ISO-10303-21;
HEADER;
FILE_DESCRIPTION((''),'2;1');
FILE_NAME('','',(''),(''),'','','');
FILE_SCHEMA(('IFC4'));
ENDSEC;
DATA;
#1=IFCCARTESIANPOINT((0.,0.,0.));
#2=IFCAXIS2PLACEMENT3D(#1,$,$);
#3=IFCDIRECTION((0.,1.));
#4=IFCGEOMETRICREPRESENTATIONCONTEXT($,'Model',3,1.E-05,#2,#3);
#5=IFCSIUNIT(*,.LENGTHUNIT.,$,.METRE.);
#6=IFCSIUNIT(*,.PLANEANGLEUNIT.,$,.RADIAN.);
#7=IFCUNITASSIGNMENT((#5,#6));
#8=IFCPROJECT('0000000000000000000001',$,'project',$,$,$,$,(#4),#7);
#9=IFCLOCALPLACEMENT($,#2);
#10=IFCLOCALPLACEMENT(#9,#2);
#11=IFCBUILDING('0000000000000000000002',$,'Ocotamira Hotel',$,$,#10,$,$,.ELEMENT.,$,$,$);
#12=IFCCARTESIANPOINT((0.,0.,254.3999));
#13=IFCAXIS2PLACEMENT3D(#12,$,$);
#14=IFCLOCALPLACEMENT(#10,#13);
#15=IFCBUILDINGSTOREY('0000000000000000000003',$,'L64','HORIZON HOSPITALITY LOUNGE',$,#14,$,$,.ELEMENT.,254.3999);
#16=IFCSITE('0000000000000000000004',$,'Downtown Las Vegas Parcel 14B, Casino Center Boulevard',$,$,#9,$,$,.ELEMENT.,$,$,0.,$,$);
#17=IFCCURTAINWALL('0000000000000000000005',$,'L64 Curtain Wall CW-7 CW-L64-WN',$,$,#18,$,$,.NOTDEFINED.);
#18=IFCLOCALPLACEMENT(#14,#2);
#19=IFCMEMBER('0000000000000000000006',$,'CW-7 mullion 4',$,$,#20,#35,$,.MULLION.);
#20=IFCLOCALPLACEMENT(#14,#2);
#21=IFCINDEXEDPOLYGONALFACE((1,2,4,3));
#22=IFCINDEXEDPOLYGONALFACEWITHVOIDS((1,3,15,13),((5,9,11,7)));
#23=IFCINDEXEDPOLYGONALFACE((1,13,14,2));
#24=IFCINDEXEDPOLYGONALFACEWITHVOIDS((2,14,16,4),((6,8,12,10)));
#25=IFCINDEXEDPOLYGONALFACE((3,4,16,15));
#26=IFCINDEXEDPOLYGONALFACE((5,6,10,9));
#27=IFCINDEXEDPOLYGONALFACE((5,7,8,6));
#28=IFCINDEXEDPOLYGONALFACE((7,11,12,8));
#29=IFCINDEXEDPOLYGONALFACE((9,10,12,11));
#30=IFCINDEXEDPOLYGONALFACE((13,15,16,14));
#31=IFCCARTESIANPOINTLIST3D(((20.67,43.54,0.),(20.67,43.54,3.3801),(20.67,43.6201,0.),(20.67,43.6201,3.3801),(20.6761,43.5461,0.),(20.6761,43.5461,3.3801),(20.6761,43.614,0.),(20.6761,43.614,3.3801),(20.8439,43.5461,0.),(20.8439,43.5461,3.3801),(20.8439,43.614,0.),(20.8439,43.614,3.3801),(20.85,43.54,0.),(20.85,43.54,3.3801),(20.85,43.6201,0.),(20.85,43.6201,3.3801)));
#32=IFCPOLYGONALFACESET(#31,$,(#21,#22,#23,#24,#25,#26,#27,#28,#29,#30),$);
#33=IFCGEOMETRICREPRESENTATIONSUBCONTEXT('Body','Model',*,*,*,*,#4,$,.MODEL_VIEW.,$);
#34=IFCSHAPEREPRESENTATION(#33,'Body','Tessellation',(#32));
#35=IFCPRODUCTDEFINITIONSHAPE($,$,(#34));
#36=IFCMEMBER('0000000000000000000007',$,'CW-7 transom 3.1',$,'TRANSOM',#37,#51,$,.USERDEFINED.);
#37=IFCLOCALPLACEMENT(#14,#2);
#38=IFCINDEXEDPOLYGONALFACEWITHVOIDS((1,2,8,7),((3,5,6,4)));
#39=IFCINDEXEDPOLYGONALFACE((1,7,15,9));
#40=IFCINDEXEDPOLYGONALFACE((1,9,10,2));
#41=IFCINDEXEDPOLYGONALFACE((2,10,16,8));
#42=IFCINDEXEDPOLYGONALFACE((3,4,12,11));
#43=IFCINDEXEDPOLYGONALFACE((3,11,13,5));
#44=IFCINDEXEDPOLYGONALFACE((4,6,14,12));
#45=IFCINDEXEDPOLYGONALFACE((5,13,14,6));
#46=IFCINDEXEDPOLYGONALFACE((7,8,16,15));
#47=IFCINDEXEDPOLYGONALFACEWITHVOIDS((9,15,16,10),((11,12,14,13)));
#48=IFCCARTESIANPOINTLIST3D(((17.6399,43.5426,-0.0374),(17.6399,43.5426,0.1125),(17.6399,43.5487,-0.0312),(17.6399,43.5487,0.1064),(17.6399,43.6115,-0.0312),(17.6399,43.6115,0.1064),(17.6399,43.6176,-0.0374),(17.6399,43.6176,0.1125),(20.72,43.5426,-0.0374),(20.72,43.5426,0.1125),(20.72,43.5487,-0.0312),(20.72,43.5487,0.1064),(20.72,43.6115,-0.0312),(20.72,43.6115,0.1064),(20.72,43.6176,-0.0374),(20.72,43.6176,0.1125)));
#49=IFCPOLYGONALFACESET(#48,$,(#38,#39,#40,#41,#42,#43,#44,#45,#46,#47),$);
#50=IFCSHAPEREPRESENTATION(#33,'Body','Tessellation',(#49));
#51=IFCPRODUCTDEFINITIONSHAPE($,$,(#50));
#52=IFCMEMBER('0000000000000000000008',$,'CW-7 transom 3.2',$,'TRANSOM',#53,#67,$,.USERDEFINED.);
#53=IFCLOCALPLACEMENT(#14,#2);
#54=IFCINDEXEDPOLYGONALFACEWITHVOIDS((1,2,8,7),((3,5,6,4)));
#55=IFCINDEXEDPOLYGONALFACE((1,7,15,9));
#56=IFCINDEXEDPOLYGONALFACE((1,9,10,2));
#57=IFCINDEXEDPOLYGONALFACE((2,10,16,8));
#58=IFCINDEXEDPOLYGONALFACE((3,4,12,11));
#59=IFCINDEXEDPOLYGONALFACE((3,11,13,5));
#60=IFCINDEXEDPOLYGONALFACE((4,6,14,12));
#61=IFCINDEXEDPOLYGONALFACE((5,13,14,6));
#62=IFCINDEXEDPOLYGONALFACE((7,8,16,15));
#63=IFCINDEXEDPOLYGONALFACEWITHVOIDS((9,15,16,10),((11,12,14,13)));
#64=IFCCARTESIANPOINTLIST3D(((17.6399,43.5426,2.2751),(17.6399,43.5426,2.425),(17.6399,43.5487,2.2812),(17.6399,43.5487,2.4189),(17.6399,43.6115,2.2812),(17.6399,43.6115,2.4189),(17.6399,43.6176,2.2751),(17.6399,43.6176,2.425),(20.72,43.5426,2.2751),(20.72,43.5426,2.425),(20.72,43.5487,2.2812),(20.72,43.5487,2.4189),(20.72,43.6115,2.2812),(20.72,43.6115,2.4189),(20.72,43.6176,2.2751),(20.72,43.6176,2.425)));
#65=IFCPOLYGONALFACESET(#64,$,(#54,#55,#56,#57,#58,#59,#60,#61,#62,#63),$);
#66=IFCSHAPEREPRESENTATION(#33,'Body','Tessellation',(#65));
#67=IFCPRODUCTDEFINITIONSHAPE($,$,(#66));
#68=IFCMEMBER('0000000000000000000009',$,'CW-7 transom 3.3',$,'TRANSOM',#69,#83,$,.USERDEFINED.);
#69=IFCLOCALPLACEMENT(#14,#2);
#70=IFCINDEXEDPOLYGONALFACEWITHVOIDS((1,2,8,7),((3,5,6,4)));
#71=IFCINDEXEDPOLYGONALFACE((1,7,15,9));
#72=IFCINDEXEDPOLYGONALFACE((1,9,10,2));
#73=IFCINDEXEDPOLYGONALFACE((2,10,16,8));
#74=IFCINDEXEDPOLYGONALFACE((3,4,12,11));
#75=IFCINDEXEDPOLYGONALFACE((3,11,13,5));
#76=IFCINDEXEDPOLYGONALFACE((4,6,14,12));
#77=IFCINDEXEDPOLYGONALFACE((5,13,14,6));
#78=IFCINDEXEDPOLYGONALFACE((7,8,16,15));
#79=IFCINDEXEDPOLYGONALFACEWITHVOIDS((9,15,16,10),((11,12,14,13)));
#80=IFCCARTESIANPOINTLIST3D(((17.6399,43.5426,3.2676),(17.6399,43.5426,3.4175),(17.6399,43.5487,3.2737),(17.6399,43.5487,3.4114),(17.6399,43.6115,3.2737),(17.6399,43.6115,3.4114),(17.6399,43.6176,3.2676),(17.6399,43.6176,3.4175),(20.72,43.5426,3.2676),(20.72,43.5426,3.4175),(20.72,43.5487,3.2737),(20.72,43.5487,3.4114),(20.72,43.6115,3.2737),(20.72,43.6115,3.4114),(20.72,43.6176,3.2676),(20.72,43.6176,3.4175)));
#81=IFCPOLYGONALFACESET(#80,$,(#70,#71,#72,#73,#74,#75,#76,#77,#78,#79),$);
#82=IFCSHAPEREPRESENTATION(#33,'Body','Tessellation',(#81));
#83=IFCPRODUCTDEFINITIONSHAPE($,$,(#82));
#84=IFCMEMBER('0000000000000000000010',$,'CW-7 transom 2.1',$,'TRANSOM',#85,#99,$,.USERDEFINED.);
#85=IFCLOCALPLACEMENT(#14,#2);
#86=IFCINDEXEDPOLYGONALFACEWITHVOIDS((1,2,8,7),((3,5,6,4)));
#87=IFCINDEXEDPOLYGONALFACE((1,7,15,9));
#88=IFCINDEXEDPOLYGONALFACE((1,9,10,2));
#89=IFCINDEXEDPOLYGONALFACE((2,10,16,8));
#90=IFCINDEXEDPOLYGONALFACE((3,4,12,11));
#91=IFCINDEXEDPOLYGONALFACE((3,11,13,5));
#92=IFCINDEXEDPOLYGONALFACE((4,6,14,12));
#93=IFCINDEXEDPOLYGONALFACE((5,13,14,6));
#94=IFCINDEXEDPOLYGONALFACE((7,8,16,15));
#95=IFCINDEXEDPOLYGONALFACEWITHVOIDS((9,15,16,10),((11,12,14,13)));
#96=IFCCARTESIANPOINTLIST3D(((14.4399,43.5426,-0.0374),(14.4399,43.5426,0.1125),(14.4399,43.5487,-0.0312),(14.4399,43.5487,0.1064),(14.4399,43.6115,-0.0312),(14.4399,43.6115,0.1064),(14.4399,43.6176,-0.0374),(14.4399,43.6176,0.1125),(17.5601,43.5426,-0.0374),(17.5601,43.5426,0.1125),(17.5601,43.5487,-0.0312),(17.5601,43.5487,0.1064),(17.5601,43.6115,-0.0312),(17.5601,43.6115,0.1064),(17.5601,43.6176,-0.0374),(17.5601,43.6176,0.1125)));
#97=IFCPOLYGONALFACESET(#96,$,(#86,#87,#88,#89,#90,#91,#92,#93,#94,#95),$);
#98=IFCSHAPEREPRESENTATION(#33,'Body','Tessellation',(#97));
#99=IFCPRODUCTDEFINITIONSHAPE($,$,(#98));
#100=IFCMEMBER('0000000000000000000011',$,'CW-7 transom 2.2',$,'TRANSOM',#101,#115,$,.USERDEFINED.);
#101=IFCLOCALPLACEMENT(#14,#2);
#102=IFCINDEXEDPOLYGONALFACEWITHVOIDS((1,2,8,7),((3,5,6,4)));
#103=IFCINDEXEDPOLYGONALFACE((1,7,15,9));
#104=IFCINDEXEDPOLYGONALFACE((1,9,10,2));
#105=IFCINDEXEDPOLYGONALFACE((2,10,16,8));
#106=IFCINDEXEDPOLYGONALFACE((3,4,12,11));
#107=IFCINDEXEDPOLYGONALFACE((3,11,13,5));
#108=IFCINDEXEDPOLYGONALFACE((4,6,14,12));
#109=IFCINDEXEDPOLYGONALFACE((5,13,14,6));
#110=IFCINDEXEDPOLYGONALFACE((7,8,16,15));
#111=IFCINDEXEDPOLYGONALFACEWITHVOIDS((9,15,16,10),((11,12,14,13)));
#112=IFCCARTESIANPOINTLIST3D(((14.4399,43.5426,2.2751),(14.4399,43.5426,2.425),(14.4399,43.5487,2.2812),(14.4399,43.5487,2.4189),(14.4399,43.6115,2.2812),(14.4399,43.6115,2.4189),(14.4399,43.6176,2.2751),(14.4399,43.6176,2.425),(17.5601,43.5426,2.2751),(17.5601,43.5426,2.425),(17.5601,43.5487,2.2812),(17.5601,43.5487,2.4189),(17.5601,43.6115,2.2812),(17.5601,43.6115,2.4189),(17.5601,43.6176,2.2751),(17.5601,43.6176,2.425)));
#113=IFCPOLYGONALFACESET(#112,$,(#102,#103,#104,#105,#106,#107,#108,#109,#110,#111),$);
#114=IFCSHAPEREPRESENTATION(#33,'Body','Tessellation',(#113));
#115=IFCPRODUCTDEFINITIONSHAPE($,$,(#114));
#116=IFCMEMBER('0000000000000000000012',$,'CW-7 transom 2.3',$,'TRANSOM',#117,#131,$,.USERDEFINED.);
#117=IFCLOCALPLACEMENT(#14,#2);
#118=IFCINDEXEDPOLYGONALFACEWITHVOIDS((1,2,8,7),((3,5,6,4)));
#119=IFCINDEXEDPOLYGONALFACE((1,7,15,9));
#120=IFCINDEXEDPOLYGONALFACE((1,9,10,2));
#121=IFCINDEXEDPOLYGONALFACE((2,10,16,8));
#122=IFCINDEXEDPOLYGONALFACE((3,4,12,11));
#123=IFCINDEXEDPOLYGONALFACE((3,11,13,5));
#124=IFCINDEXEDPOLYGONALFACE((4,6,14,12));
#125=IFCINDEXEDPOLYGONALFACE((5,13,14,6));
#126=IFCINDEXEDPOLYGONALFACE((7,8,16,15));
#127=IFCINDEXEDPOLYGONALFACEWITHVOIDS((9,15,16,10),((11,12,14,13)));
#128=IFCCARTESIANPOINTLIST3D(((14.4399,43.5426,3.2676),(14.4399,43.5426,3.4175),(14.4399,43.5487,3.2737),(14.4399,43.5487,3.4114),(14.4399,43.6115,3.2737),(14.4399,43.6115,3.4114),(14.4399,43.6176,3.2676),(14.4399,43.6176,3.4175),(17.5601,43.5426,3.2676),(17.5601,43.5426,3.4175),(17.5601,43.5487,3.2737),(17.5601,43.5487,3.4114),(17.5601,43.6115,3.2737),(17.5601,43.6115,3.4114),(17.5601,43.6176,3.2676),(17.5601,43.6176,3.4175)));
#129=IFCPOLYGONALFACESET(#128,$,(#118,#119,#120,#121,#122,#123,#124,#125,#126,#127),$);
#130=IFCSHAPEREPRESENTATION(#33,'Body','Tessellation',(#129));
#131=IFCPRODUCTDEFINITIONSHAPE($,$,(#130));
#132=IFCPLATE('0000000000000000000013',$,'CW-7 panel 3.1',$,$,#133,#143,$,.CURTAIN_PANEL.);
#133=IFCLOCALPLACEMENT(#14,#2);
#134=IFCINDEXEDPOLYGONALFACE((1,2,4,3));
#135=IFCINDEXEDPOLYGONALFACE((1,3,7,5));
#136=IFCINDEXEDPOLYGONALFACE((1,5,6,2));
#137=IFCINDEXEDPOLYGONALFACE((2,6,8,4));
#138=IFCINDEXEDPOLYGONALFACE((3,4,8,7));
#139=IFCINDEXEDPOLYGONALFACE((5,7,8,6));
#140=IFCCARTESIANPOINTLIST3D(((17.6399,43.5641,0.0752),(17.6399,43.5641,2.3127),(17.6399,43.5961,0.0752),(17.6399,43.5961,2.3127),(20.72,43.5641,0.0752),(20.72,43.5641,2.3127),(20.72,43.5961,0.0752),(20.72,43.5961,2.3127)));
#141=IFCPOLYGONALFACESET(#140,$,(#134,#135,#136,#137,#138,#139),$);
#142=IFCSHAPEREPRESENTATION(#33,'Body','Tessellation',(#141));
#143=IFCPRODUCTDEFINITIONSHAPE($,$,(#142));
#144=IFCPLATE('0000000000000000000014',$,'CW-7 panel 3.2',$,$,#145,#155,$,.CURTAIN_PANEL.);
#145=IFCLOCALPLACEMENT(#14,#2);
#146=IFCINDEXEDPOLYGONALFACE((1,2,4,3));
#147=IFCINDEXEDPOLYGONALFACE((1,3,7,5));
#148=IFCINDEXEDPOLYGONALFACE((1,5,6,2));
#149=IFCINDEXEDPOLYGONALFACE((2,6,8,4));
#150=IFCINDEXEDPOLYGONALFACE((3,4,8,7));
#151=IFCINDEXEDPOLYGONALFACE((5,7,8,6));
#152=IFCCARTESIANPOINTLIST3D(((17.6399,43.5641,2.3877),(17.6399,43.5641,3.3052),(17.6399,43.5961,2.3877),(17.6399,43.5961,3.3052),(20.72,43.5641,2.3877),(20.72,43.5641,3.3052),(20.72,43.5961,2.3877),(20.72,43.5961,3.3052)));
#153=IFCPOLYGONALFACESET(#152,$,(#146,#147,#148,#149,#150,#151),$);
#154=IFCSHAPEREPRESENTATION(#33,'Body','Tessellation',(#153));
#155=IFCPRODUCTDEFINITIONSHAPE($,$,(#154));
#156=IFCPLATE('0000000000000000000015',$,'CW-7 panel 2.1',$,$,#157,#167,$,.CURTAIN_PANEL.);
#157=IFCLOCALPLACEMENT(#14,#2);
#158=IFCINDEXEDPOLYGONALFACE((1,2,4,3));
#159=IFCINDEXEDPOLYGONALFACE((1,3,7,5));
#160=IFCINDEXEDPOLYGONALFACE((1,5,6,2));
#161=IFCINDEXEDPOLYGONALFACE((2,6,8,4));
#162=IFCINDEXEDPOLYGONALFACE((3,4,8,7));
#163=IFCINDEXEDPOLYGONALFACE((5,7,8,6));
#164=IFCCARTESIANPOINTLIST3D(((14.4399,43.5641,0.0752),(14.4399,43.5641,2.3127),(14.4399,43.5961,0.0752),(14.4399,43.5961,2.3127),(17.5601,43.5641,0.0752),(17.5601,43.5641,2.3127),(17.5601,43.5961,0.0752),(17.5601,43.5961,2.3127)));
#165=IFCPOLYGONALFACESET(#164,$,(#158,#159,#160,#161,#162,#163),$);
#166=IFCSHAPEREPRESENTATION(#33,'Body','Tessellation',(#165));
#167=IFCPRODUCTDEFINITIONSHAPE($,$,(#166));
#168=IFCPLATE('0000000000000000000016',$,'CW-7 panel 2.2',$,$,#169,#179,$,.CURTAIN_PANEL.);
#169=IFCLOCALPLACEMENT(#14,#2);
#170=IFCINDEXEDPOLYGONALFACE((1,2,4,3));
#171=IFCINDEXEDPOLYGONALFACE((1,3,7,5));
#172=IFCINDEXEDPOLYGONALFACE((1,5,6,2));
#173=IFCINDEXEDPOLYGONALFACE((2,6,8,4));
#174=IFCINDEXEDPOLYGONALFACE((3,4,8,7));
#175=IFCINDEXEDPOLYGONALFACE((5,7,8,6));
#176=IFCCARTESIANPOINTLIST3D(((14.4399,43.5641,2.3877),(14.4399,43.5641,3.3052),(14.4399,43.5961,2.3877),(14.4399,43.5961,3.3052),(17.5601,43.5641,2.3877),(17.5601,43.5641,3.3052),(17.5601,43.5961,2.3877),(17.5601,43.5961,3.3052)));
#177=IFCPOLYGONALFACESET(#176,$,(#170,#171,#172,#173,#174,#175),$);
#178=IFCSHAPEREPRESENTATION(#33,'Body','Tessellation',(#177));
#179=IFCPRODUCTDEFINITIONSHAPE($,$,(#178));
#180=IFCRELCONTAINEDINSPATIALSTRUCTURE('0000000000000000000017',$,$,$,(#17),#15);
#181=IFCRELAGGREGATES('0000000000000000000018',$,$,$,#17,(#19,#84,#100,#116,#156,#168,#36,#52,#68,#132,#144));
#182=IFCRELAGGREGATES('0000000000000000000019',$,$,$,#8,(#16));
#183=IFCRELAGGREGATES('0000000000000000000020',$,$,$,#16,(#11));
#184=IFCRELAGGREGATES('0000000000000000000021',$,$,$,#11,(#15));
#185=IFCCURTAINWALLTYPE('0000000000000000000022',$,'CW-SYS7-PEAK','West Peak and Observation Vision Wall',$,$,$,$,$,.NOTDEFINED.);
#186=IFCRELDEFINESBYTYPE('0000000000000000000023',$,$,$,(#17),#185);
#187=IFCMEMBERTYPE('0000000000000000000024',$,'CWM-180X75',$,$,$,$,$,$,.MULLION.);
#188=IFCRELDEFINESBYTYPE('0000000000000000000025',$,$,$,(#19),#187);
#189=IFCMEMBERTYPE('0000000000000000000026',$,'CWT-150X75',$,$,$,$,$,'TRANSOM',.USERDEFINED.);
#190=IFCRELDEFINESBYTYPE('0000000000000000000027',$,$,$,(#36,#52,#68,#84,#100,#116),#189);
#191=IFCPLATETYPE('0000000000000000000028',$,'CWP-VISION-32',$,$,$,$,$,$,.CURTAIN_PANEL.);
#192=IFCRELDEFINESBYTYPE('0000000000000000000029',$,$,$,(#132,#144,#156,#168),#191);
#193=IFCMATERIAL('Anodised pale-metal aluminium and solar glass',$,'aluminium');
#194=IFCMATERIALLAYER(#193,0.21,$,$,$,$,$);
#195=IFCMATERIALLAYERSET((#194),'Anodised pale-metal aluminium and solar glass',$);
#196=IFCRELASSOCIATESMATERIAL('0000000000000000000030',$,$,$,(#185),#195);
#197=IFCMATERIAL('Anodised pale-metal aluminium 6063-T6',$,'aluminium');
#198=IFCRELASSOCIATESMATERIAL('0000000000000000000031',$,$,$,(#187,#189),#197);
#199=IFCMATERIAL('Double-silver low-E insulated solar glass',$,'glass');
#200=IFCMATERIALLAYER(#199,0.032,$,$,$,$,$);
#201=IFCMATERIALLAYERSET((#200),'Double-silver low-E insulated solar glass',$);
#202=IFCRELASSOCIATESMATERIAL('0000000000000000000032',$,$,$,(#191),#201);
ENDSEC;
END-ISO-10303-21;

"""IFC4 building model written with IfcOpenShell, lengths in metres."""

from ifc_helpers import new_model, si_unit, direction, frame, origin, origin_2d, place, context, subcontext, project, spatial, rectangle, hollow_rectangle, extrude, source, transform, mapped, material, layer, layer_set, material_profile, profile_set, type_object, element, aggregate, save


model = new_model("IFC4")

# Units and contexts
model_context = context("Model", 3, precision=1e-05, world=origin(), true_north=direction((0.0, 1.0)))
body_context = subcontext(model_context, "Body", "Model", "MODEL_VIEW")
ifc_project = project(units=[si_unit("LENGTHUNIT", "METRE"), si_unit("PLANEANGLEUNIT", "RADIAN")], contexts=[model_context])

# Site, building, storey
site_placement = place(None, origin())
site = spatial("IfcSite", under=ifc_project, at=site_placement, Name="Downtown Las Vegas Parcel 14B, Casino Center Boulevard", CompositionType="ELEMENT", RefElevation=0.0)
building_placement = place(site_placement, origin())
building = spatial("IfcBuilding", under=site, at=building_placement, Name="Ocotamira Hotel", CompositionType="ELEMENT")
storey_placement = place(building_placement, frame((0.0, 0.0, 254.3999)))
storey = spatial("IfcBuildingStorey", under=building, at=storey_placement, Name="L64", Description="HORIZON HOSPITALITY LOUNGE", CompositionType="ELEMENT", Elevation=254.3999)

# Curtain wall, members, plates
ifc_material_1 = material(Name="Anodised pale-metal aluminium and solar glass", Category="aluminium")
ifc_layer_1 = layer(ifc_material_1, 0.21)
ifc_layer_set_1 = layer_set([ifc_layer_1], Name="Anodised pale-metal aluminium and solar glass")
curtain_wall_type = type_object("IfcCurtainWallType", Name="CW-SYS7-PEAK", Description="West Peak and Observation Vision Wall", PredefinedType="NOTDEFINED", material=ifc_layer_set_1)
curtain_wall_placement = place(storey_placement, origin())
curtain_wall = element("IfcCurtainWall", 1, at=curtain_wall_placement, inside=storey, type_object=curtain_wall_type, Name="L64 Curtain Wall CW-7 CW-L64-WN", PredefinedType="NOTDEFINED")
ifc_material_2 = material(Name="Anodised pale-metal aluminium 6063-T6", Category="aluminium")
ifc_material_profile_1 = material_profile(ifc_material_2, hollow_rectangle(XDim=0.0801, YDim=0.1799, WallThickness=0.0061, at=origin_2d()), Name="HSS180X80X6")
ifc_profile_set_1 = profile_set([ifc_material_profile_1], Name="Anodised pale-metal aluminium 6063-T6")
member_type_1 = type_object("IfcMemberType", Name="CWM-180X75", PredefinedType="MULLION", material=ifc_profile_set_1)
shared_shape_1 = source(origin(), body_context, "Body", "SweptSolid", [
    extrude(hollow_rectangle(XDim=0.0801, YDim=0.1799, WallThickness=0.0061, at=origin_2d()), origin(), (0.0, 0.0, 1.0), 3.3801),
])
member_1_placement = place(storey_placement, frame((20.76, 43.5801, 0.0), z_axis=(0.0, 0.0, 1.0), x_axis=(0.0, 1.0, 0.0)))
member_1 = element("IfcMember", 2, at=member_1_placement, type_object=member_type_1, Name="CW-7 mullion 4", PredefinedType="MULLION", context=body_context, shape_type="MappedRepresentation", body=[
    mapped(shared_shape_1, transform((0.0, 0.0, 0.0), scale=1.0)),
])
ifc_material_profile_2 = material_profile(ifc_material_2, hollow_rectangle(XDim=0.075, YDim=0.1499, WallThickness=0.0061, at=origin_2d()), Name="HSS150X75X6")
ifc_profile_set_2 = profile_set([ifc_material_profile_2], Name="Anodised pale-metal aluminium 6063-T6")
member_type_2 = type_object("IfcMemberType", Name="CWT-150X75", ElementType="TRANSOM", PredefinedType="USERDEFINED", material=ifc_profile_set_2)
shared_shape_2 = source(origin(), body_context, "Body", "SweptSolid", [
    extrude(hollow_rectangle(XDim=0.075, YDim=0.1499, WallThickness=0.0061, at=origin_2d()), origin(), (0.0, 0.0, 1.0), 3.0801),
])
member_2_placement = place(storey_placement, frame((17.6399, 43.5801, 0.0376), z_axis=(1.0, 0.0, 0.0), x_axis=(0.0, 1.0, 0.0)))
member_2 = element("IfcMember", 3, at=member_2_placement, type_object=member_type_2, Name="CW-7 transom 3.1", ObjectType="TRANSOM", PredefinedType="USERDEFINED", context=body_context, shape_type="MappedRepresentation", body=[
    mapped(shared_shape_2, transform((0.0, 0.0, 0.0), scale=1.0)),
])
member_3_placement = place(storey_placement, frame((17.6399, 43.5801, 2.3501), z_axis=(1.0, 0.0, 0.0), x_axis=(0.0, 1.0, 0.0)))
member_3 = element("IfcMember", 4, at=member_3_placement, type_object=member_type_2, Name="CW-7 transom 3.2", ObjectType="TRANSOM", PredefinedType="USERDEFINED", context=body_context, shape_type="MappedRepresentation", body=[
    mapped(shared_shape_2, transform((0.0, 0.0, 0.0), scale=1.0)),
])
member_4_placement = place(storey_placement, frame((17.6399, 43.5801, 3.3425), z_axis=(1.0, 0.0, 0.0), x_axis=(0.0, 1.0, 0.0)))
member_4 = element("IfcMember", 5, at=member_4_placement, type_object=member_type_2, Name="CW-7 transom 3.3", ObjectType="TRANSOM", PredefinedType="USERDEFINED", context=body_context, shape_type="MappedRepresentation", body=[
    mapped(shared_shape_2, transform((0.0, 0.0, 0.0), scale=1.0)),
])
shared_shape_3 = source(origin(), body_context, "Body", "SweptSolid", [
    extrude(hollow_rectangle(XDim=0.075, YDim=0.1499, WallThickness=0.0061, at=origin_2d()), origin(), (0.0, 0.0, 1.0), 3.1201),
])
member_5_placement = place(storey_placement, frame((14.4399, 43.5801, 0.0376), z_axis=(1.0, 0.0, 0.0), x_axis=(0.0, 1.0, 0.0)))
member_5 = element("IfcMember", 6, at=member_5_placement, type_object=member_type_2, Name="CW-7 transom 2.1", ObjectType="TRANSOM", PredefinedType="USERDEFINED", context=body_context, shape_type="MappedRepresentation", body=[
    mapped(shared_shape_3, transform((0.0, 0.0, 0.0), scale=1.0)),
])
member_6_placement = place(storey_placement, frame((14.4399, 43.5801, 2.3501), z_axis=(1.0, 0.0, 0.0), x_axis=(0.0, 1.0, 0.0)))
member_6 = element("IfcMember", 7, at=member_6_placement, type_object=member_type_2, Name="CW-7 transom 2.2", ObjectType="TRANSOM", PredefinedType="USERDEFINED", context=body_context, shape_type="MappedRepresentation", body=[
    mapped(shared_shape_3, transform((0.0, 0.0, 0.0), scale=1.0)),
])
member_7_placement = place(storey_placement, frame((14.4399, 43.5801, 3.3425), z_axis=(1.0, 0.0, 0.0), x_axis=(0.0, 1.0, 0.0)))
member_7 = element("IfcMember", 8, at=member_7_placement, type_object=member_type_2, Name="CW-7 transom 2.3", ObjectType="TRANSOM", PredefinedType="USERDEFINED", context=body_context, shape_type="MappedRepresentation", body=[
    mapped(shared_shape_3, transform((0.0, 0.0, 0.0), scale=1.0)),
])
ifc_material_3 = material(Name="Double-silver low-E insulated solar glass", Category="glass")
ifc_layer_2 = layer(ifc_material_3, 0.032)
ifc_layer_set_2 = layer_set([ifc_layer_2], Name="Double-silver low-E insulated solar glass")
plate_type = type_object("IfcPlateType", Name="CWP-VISION-32", PredefinedType="CURTAIN_PANEL", material=ifc_layer_set_2)
shared_shape_4 = source(origin(), body_context, "Body", "SweptSolid", [
    extrude(rectangle(XDim=3.0801, YDim=0.032, at=origin_2d()), origin(), (0.0, 0.0, 1.0), 2.2375),
])
plate_1_placement = place(storey_placement, frame((19.1799, 43.5801, 0.0752), z_axis=(0.0, 0.0, 1.0), x_axis=(1.0, 0.0, 0.0)))
plate_1 = element("IfcPlate", 9, at=plate_1_placement, type_object=plate_type, Name="CW-7 panel 3.1", PredefinedType="CURTAIN_PANEL", context=body_context, shape_type="MappedRepresentation", body=[
    mapped(shared_shape_4, transform((0.0, 0.0, 0.0), scale=1.0)),
])
shared_shape_5 = source(origin(), body_context, "Body", "SweptSolid", [
    extrude(rectangle(XDim=3.0801, YDim=0.032, at=origin_2d()), origin(), (0.0, 0.0, 1.0), 0.9175),
])
plate_2_placement = place(storey_placement, frame((19.1799, 43.5801, 2.3877), z_axis=(0.0, 0.0, 1.0), x_axis=(1.0, 0.0, 0.0)))
plate_2 = element("IfcPlate", 10, at=plate_2_placement, type_object=plate_type, Name="CW-7 panel 3.2", PredefinedType="CURTAIN_PANEL", context=body_context, shape_type="MappedRepresentation", body=[
    mapped(shared_shape_5, transform((0.0, 0.0, 0.0), scale=1.0)),
])
shared_shape_6 = source(origin(), body_context, "Body", "SweptSolid", [
    extrude(rectangle(XDim=3.1201, YDim=0.032, at=origin_2d()), origin(), (0.0, 0.0, 1.0), 2.2375),
])
plate_3_placement = place(storey_placement, frame((16.0, 43.5801, 0.0752), z_axis=(0.0, 0.0, 1.0), x_axis=(1.0, 0.0, 0.0)))
plate_3 = element("IfcPlate", 11, at=plate_3_placement, type_object=plate_type, Name="CW-7 panel 2.1", PredefinedType="CURTAIN_PANEL", context=body_context, shape_type="MappedRepresentation", body=[
    mapped(shared_shape_6, transform((0.0, 0.0, 0.0), scale=1.0)),
])
shared_shape_7 = source(origin(), body_context, "Body", "SweptSolid", [
    extrude(rectangle(XDim=3.1201, YDim=0.032, at=origin_2d()), origin(), (0.0, 0.0, 1.0), 0.9175),
])
plate_4_placement = place(storey_placement, frame((16.0, 43.5801, 2.3877), z_axis=(0.0, 0.0, 1.0), x_axis=(1.0, 0.0, 0.0)))
plate_4 = element("IfcPlate", 12, at=plate_4_placement, type_object=plate_type, Name="CW-7 panel 2.2", PredefinedType="CURTAIN_PANEL", context=body_context, shape_type="MappedRepresentation", body=[
    mapped(shared_shape_7, transform((0.0, 0.0, 0.0), scale=1.0)),
])
aggregate(curtain_wall, [member_1, member_5, member_6, member_7, plate_3, plate_4, member_2, member_3, member_4, plate_1, plate_2])

save(model, "model.ifc")
